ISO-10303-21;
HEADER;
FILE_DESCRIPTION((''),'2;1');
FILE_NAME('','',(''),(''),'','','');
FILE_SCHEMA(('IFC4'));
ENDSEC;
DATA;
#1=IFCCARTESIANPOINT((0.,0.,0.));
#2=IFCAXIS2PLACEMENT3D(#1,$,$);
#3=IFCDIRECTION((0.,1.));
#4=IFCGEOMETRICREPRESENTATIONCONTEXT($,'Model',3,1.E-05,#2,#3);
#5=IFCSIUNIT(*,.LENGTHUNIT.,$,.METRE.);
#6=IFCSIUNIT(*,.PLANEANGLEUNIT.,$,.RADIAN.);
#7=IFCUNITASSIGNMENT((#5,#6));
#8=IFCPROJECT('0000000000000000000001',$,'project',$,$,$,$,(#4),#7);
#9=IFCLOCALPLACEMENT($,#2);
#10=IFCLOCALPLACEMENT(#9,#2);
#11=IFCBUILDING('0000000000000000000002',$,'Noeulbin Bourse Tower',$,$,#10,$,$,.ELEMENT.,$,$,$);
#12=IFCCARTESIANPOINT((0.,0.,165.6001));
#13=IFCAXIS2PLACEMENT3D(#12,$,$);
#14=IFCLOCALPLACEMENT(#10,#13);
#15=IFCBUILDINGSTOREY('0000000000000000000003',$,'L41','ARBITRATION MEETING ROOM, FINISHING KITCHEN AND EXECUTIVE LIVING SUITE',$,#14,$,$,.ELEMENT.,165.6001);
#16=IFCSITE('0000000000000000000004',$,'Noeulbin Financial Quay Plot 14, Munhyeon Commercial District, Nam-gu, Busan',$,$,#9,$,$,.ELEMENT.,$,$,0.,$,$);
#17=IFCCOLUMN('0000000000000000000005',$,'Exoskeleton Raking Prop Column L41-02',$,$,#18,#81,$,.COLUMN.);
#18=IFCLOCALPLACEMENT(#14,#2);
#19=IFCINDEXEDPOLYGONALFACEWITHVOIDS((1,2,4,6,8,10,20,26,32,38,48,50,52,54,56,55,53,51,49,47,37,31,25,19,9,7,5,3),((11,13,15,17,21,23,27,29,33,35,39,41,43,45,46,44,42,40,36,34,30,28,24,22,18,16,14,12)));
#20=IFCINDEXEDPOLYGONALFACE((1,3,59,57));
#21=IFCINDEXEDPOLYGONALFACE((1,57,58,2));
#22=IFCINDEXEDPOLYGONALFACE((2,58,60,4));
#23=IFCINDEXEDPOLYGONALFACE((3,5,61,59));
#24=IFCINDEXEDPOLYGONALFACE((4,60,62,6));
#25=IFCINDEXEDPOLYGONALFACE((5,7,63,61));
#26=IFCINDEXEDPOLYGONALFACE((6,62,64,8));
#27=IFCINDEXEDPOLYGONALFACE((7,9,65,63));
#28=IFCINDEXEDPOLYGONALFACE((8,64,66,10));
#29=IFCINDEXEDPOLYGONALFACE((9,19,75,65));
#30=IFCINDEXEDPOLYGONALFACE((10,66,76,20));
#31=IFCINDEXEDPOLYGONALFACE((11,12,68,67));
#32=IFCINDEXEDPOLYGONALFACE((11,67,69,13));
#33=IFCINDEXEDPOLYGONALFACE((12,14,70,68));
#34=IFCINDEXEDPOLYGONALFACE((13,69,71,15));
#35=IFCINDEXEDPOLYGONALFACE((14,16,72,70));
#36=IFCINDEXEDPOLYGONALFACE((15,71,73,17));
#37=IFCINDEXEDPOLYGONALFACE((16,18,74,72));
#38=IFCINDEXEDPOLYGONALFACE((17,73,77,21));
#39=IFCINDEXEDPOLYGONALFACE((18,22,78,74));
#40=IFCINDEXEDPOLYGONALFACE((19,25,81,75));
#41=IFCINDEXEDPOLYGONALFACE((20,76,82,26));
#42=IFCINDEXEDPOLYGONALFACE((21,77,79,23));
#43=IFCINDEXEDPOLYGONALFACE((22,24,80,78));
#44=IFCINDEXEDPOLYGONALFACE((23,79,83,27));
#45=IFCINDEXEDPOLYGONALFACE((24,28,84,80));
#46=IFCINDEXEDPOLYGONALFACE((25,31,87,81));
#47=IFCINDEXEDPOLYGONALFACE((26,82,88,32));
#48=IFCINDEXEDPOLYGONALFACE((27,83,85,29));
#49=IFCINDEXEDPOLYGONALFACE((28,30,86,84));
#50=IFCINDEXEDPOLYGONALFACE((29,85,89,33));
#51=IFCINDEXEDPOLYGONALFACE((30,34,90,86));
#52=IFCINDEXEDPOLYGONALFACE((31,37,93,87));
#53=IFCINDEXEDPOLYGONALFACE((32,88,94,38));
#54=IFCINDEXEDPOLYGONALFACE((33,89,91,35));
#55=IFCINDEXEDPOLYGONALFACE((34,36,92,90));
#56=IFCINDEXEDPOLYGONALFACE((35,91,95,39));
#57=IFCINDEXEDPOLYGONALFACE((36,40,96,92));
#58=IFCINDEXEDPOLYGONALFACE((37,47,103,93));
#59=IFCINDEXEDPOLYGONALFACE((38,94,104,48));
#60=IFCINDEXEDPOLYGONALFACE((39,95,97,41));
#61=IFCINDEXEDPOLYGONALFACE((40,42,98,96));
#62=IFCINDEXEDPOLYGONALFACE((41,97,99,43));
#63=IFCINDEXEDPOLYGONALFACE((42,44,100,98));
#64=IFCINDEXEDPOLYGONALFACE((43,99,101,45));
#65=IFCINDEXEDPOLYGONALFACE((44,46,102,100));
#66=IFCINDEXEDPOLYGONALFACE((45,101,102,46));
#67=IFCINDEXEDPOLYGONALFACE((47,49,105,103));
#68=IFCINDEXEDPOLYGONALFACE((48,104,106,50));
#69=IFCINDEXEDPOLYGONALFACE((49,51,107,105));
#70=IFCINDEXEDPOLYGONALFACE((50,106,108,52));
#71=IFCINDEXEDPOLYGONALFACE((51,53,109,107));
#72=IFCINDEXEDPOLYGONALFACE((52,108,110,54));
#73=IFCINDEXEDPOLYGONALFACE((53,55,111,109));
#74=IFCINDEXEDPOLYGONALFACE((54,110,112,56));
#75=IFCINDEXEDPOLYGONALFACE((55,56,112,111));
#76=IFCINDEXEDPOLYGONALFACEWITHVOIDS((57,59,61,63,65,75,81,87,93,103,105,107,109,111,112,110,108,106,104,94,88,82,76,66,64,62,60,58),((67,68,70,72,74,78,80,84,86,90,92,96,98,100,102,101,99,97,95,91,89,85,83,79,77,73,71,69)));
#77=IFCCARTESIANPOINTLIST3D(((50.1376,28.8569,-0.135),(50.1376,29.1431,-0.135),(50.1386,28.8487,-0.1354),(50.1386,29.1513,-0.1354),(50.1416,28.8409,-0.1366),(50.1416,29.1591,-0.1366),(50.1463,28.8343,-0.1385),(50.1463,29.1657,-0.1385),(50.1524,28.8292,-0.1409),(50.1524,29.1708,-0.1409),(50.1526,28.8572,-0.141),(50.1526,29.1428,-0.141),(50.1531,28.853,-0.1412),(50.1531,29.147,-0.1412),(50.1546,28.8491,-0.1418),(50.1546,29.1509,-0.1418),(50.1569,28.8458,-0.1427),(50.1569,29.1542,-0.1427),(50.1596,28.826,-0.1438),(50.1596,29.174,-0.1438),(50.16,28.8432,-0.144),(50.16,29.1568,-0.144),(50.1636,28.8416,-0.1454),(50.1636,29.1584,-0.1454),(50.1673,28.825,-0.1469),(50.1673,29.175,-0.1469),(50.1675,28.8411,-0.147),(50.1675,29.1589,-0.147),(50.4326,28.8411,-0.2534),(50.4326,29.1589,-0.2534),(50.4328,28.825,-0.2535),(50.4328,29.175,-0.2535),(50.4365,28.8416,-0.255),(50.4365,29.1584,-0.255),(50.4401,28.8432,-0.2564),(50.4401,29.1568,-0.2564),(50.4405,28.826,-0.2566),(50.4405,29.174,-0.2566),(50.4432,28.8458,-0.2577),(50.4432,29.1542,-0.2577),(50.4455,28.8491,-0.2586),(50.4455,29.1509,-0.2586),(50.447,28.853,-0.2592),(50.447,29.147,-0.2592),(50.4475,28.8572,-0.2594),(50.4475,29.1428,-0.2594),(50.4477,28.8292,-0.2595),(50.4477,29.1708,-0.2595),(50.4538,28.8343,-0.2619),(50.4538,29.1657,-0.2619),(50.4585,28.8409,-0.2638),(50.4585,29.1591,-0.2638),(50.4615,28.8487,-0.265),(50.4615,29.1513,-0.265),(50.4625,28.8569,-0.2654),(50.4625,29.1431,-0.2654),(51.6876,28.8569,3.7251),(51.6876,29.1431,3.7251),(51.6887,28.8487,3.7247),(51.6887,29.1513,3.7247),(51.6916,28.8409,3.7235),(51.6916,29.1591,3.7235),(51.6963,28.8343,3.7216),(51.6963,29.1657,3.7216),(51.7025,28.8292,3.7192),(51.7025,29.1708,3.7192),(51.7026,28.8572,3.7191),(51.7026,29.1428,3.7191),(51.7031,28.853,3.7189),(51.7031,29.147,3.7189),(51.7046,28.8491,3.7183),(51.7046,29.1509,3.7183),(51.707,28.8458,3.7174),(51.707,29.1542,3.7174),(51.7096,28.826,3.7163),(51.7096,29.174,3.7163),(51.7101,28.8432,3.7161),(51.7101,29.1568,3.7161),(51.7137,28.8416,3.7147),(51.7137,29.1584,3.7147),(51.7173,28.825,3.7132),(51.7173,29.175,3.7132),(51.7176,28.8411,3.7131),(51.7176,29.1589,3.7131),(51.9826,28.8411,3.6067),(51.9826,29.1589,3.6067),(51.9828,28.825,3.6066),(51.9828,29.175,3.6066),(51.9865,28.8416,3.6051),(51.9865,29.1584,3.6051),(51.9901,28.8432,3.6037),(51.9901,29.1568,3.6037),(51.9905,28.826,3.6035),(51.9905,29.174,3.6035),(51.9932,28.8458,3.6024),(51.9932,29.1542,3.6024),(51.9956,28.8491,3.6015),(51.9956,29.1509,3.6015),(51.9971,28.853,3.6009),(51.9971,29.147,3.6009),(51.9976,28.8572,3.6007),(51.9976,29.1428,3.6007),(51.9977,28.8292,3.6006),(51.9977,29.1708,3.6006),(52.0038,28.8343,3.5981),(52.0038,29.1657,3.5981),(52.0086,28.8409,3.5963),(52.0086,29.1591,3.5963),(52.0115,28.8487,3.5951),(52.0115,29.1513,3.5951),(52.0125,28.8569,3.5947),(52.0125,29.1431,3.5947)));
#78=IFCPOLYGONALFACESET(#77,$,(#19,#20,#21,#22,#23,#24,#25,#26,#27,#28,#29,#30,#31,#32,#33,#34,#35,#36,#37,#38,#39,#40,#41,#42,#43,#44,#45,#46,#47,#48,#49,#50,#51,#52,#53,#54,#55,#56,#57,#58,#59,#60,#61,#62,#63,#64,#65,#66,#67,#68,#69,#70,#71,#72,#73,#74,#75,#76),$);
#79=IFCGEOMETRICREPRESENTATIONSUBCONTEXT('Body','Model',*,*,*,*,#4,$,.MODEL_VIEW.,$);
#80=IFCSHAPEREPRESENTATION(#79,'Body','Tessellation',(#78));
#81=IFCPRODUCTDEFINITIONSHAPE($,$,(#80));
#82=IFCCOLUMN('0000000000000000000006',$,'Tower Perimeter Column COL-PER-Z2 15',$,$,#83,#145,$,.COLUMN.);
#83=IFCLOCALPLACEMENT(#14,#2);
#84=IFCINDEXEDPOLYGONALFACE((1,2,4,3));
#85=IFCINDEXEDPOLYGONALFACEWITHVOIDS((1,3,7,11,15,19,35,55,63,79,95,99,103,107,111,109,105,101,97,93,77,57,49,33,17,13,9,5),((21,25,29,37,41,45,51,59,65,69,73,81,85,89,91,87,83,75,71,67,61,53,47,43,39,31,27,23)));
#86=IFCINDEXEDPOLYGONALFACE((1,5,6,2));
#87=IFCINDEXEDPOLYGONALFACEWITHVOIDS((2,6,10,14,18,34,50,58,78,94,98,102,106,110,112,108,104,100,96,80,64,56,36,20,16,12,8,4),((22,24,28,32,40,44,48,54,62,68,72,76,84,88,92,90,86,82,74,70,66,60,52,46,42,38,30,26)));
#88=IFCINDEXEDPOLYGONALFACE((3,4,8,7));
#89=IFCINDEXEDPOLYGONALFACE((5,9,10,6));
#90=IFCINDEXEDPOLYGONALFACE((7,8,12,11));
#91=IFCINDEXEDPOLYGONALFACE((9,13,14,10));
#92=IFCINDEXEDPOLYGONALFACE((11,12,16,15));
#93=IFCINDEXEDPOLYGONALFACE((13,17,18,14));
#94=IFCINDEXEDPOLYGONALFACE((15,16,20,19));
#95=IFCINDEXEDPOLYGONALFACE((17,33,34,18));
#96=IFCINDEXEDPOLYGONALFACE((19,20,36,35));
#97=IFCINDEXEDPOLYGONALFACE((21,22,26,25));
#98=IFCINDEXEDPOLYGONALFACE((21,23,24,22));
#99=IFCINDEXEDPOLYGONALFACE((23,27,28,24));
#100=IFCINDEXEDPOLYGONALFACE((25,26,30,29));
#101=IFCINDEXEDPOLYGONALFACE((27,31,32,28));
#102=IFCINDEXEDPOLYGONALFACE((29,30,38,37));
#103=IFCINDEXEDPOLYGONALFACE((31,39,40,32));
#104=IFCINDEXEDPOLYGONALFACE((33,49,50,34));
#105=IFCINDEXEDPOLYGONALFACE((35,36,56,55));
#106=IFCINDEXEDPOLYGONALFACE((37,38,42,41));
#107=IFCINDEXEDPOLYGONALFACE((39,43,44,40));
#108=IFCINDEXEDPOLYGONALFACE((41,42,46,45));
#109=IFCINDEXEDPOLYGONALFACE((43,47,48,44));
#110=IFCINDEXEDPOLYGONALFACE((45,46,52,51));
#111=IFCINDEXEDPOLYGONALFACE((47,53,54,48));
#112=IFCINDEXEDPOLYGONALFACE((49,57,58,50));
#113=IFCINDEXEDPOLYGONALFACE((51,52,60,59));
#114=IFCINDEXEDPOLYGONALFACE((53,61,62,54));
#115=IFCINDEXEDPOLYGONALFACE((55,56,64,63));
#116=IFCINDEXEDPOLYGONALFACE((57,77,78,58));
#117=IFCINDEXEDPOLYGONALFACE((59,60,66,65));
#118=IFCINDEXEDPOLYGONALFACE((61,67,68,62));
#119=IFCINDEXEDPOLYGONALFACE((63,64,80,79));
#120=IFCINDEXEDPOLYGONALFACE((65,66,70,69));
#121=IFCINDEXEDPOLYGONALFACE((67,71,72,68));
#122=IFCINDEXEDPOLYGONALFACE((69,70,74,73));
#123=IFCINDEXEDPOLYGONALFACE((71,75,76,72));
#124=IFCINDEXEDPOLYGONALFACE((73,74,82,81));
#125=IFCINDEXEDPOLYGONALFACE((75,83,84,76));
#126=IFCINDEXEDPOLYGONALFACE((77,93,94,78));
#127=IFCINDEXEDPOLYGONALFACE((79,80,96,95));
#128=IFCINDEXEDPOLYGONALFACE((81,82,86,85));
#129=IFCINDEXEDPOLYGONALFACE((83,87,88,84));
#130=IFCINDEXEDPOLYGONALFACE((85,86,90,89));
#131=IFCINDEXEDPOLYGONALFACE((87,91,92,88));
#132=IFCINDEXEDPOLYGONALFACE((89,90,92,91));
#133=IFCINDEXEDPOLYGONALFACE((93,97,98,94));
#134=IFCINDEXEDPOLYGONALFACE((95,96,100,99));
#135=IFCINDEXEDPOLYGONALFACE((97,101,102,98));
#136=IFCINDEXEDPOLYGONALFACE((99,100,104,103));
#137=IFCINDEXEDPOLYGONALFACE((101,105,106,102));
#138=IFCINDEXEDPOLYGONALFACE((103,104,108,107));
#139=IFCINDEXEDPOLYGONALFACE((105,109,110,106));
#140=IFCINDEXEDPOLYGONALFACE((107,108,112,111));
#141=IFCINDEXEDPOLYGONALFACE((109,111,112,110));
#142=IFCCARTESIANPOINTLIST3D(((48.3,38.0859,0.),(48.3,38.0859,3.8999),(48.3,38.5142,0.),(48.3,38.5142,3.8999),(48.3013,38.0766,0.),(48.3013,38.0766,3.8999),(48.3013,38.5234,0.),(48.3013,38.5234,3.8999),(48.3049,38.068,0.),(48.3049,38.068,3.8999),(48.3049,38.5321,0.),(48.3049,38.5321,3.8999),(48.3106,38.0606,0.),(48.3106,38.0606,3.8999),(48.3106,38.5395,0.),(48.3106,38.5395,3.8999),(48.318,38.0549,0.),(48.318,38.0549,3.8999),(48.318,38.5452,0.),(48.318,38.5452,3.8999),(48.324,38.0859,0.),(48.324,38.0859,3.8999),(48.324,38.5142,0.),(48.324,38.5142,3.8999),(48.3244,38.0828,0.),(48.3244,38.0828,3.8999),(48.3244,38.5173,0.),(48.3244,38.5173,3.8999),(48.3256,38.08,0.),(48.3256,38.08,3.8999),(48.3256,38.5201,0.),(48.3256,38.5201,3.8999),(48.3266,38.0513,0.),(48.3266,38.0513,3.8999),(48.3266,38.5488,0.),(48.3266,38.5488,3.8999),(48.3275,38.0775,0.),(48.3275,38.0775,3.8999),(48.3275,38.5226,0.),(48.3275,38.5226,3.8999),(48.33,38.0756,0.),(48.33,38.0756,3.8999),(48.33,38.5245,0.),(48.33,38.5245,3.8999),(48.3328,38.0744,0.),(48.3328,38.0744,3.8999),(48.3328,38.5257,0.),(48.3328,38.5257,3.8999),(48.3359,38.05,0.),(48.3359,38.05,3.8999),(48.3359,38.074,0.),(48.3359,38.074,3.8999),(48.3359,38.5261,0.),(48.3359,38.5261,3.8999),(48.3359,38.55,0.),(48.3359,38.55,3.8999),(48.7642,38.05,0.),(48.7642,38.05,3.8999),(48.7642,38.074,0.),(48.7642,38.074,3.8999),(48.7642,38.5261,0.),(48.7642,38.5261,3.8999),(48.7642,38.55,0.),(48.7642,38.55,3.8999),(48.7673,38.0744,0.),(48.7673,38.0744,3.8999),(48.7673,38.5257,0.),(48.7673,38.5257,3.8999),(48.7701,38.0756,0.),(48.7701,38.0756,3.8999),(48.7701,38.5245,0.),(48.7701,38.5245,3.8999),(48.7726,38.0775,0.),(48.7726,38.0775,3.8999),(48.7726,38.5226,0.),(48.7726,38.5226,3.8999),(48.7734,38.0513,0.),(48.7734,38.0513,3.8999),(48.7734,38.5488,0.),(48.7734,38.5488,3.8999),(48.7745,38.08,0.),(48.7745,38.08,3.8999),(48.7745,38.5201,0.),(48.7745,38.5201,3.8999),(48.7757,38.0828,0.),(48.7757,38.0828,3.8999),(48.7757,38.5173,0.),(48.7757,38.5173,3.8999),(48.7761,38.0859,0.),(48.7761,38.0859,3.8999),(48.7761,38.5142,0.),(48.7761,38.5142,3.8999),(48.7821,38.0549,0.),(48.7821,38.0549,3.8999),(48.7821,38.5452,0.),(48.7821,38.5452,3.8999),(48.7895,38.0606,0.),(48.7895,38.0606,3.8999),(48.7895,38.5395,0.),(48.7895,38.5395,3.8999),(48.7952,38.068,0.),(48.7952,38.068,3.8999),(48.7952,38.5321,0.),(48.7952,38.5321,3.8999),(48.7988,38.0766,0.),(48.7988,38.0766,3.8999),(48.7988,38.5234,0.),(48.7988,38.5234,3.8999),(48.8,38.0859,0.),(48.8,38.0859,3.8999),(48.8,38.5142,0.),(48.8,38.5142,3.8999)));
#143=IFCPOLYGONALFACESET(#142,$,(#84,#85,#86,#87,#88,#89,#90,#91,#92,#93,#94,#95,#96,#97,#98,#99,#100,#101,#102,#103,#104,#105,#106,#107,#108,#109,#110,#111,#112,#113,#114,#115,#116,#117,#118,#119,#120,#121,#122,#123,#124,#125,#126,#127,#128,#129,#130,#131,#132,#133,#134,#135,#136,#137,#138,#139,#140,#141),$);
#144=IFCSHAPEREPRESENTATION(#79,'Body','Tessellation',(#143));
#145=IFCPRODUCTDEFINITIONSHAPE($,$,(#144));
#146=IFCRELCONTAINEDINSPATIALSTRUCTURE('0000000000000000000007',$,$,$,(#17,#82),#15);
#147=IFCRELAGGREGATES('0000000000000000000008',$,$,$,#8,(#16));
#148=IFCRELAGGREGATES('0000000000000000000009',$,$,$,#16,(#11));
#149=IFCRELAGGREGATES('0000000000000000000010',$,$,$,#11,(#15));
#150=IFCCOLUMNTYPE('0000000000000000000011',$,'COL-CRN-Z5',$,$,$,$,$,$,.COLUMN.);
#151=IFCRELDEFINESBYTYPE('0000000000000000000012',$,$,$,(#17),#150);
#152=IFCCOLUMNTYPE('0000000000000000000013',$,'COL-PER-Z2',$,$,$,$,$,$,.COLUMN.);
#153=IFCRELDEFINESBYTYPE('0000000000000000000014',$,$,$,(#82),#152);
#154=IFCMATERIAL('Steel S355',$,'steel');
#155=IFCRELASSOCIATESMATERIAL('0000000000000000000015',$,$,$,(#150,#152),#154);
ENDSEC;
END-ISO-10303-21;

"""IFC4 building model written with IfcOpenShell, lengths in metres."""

from ifc_helpers import new_model, si_unit, direction, frame, origin, origin_2d, place, context, subcontext, project, spatial, hollow_rectangle, extrude, material, material_profile, profile_set, type_object, element, save


model = new_model("IFC4")

# Units and contexts
model_context = context("Model", 3, precision=1e-05, world=origin(), true_north=direction((0.0, 1.0)))
body_context = subcontext(model_context, "Body", "Model", "MODEL_VIEW")
ifc_project = project(units=[si_unit("LENGTHUNIT", "METRE"), si_unit("PLANEANGLEUNIT", "RADIAN")], contexts=[model_context])

# Site, building, storey
site_placement = place(None, origin())
site = spatial("IfcSite", under=ifc_project, at=site_placement, Name="Noeulbin Financial Quay Plot 14, Munhyeon Commercial District, Nam-gu, Busan", CompositionType="ELEMENT", RefElevation=0.0)
building_placement = place(site_placement, origin())
building = spatial("IfcBuilding", under=site, at=building_placement, Name="Noeulbin Bourse Tower", CompositionType="ELEMENT")
storey_placement = place(building_placement, frame((0.0, 0.0, 165.6001)))
storey = spatial("IfcBuildingStorey", under=building, at=storey_placement, Name="L41", Description="ARBITRATION MEETING ROOM, FINISHING KITCHEN AND EXECUTIVE LIVING SUITE", CompositionType="ELEMENT", Elevation=165.6001)

# Columns
ifc_material_1 = material(Name="Steel S355", Category="steel")
ifc_material_profile_1 = material_profile(ifc_material_1, hollow_rectangle(XDim=0.3501, YDim=0.3501, WallThickness=0.0161, InnerFilletRadius=0.0161, OuterFilletRadius=0.032, at=origin_2d()), Name="SHS-350x350x16", Category="LoadBearing")
ifc_profile_set_1 = profile_set([ifc_material_profile_1], Name="Steel S355")
column_type_1 = type_object("IfcColumnType", Name="COL-CRN-Z5", PredefinedType="COLUMN", material=ifc_profile_set_1)
column_1_placement = place(storey_placement, frame((50.3, 29.0, -0.2002), z_axis=(0.372635, 0.0, 0.927978), x_axis=(0.0, 1.0, 0.0)))
element("IfcColumn", 1, at=column_1_placement, inside=storey, type_object=column_type_1, Name="Exoskeleton Raking Prop Column L41-02", PredefinedType="COLUMN", context=body_context, shape_type="SweptSolid", body=[
    extrude(hollow_rectangle(XDim=0.3501, YDim=0.3501, WallThickness=0.0161, InnerFilletRadius=0.0161, OuterFilletRadius=0.032, at=origin_2d()), origin(), (0.0, 0.0, 1.0), 4.1597),
])
ifc_material_profile_2 = material_profile(ifc_material_1, hollow_rectangle(XDim=0.5, YDim=0.5, WallThickness=0.0239, InnerFilletRadius=0.012, OuterFilletRadius=0.0359, at=origin_2d()), Name="BOX-500x500x24", Category="LoadBearing")
ifc_profile_set_2 = profile_set([ifc_material_profile_2], Name="Steel S355")
column_type_2 = type_object("IfcColumnType", Name="COL-PER-Z2", PredefinedType="COLUMN", material=ifc_profile_set_2)
column_2_placement = place(storey_placement, frame((48.55, 38.3, 0.0), z_axis=(0.0, 0.0, 1.0), x_axis=(1.0, 0.0, 0.0)))
element("IfcColumn", 2, at=column_2_placement, inside=storey, type_object=column_type_2, Name="Tower Perimeter Column COL-PER-Z2 15", PredefinedType="COLUMN", context=body_context, shape_type="SweptSolid", body=[
    extrude(hollow_rectangle(XDim=0.5, YDim=0.5, WallThickness=0.0239, InnerFilletRadius=0.012, OuterFilletRadius=0.0359, at=origin_2d()), origin(), (0.0, 0.0, 1.0), 3.8999),
])

save(model, "model.ifc")
